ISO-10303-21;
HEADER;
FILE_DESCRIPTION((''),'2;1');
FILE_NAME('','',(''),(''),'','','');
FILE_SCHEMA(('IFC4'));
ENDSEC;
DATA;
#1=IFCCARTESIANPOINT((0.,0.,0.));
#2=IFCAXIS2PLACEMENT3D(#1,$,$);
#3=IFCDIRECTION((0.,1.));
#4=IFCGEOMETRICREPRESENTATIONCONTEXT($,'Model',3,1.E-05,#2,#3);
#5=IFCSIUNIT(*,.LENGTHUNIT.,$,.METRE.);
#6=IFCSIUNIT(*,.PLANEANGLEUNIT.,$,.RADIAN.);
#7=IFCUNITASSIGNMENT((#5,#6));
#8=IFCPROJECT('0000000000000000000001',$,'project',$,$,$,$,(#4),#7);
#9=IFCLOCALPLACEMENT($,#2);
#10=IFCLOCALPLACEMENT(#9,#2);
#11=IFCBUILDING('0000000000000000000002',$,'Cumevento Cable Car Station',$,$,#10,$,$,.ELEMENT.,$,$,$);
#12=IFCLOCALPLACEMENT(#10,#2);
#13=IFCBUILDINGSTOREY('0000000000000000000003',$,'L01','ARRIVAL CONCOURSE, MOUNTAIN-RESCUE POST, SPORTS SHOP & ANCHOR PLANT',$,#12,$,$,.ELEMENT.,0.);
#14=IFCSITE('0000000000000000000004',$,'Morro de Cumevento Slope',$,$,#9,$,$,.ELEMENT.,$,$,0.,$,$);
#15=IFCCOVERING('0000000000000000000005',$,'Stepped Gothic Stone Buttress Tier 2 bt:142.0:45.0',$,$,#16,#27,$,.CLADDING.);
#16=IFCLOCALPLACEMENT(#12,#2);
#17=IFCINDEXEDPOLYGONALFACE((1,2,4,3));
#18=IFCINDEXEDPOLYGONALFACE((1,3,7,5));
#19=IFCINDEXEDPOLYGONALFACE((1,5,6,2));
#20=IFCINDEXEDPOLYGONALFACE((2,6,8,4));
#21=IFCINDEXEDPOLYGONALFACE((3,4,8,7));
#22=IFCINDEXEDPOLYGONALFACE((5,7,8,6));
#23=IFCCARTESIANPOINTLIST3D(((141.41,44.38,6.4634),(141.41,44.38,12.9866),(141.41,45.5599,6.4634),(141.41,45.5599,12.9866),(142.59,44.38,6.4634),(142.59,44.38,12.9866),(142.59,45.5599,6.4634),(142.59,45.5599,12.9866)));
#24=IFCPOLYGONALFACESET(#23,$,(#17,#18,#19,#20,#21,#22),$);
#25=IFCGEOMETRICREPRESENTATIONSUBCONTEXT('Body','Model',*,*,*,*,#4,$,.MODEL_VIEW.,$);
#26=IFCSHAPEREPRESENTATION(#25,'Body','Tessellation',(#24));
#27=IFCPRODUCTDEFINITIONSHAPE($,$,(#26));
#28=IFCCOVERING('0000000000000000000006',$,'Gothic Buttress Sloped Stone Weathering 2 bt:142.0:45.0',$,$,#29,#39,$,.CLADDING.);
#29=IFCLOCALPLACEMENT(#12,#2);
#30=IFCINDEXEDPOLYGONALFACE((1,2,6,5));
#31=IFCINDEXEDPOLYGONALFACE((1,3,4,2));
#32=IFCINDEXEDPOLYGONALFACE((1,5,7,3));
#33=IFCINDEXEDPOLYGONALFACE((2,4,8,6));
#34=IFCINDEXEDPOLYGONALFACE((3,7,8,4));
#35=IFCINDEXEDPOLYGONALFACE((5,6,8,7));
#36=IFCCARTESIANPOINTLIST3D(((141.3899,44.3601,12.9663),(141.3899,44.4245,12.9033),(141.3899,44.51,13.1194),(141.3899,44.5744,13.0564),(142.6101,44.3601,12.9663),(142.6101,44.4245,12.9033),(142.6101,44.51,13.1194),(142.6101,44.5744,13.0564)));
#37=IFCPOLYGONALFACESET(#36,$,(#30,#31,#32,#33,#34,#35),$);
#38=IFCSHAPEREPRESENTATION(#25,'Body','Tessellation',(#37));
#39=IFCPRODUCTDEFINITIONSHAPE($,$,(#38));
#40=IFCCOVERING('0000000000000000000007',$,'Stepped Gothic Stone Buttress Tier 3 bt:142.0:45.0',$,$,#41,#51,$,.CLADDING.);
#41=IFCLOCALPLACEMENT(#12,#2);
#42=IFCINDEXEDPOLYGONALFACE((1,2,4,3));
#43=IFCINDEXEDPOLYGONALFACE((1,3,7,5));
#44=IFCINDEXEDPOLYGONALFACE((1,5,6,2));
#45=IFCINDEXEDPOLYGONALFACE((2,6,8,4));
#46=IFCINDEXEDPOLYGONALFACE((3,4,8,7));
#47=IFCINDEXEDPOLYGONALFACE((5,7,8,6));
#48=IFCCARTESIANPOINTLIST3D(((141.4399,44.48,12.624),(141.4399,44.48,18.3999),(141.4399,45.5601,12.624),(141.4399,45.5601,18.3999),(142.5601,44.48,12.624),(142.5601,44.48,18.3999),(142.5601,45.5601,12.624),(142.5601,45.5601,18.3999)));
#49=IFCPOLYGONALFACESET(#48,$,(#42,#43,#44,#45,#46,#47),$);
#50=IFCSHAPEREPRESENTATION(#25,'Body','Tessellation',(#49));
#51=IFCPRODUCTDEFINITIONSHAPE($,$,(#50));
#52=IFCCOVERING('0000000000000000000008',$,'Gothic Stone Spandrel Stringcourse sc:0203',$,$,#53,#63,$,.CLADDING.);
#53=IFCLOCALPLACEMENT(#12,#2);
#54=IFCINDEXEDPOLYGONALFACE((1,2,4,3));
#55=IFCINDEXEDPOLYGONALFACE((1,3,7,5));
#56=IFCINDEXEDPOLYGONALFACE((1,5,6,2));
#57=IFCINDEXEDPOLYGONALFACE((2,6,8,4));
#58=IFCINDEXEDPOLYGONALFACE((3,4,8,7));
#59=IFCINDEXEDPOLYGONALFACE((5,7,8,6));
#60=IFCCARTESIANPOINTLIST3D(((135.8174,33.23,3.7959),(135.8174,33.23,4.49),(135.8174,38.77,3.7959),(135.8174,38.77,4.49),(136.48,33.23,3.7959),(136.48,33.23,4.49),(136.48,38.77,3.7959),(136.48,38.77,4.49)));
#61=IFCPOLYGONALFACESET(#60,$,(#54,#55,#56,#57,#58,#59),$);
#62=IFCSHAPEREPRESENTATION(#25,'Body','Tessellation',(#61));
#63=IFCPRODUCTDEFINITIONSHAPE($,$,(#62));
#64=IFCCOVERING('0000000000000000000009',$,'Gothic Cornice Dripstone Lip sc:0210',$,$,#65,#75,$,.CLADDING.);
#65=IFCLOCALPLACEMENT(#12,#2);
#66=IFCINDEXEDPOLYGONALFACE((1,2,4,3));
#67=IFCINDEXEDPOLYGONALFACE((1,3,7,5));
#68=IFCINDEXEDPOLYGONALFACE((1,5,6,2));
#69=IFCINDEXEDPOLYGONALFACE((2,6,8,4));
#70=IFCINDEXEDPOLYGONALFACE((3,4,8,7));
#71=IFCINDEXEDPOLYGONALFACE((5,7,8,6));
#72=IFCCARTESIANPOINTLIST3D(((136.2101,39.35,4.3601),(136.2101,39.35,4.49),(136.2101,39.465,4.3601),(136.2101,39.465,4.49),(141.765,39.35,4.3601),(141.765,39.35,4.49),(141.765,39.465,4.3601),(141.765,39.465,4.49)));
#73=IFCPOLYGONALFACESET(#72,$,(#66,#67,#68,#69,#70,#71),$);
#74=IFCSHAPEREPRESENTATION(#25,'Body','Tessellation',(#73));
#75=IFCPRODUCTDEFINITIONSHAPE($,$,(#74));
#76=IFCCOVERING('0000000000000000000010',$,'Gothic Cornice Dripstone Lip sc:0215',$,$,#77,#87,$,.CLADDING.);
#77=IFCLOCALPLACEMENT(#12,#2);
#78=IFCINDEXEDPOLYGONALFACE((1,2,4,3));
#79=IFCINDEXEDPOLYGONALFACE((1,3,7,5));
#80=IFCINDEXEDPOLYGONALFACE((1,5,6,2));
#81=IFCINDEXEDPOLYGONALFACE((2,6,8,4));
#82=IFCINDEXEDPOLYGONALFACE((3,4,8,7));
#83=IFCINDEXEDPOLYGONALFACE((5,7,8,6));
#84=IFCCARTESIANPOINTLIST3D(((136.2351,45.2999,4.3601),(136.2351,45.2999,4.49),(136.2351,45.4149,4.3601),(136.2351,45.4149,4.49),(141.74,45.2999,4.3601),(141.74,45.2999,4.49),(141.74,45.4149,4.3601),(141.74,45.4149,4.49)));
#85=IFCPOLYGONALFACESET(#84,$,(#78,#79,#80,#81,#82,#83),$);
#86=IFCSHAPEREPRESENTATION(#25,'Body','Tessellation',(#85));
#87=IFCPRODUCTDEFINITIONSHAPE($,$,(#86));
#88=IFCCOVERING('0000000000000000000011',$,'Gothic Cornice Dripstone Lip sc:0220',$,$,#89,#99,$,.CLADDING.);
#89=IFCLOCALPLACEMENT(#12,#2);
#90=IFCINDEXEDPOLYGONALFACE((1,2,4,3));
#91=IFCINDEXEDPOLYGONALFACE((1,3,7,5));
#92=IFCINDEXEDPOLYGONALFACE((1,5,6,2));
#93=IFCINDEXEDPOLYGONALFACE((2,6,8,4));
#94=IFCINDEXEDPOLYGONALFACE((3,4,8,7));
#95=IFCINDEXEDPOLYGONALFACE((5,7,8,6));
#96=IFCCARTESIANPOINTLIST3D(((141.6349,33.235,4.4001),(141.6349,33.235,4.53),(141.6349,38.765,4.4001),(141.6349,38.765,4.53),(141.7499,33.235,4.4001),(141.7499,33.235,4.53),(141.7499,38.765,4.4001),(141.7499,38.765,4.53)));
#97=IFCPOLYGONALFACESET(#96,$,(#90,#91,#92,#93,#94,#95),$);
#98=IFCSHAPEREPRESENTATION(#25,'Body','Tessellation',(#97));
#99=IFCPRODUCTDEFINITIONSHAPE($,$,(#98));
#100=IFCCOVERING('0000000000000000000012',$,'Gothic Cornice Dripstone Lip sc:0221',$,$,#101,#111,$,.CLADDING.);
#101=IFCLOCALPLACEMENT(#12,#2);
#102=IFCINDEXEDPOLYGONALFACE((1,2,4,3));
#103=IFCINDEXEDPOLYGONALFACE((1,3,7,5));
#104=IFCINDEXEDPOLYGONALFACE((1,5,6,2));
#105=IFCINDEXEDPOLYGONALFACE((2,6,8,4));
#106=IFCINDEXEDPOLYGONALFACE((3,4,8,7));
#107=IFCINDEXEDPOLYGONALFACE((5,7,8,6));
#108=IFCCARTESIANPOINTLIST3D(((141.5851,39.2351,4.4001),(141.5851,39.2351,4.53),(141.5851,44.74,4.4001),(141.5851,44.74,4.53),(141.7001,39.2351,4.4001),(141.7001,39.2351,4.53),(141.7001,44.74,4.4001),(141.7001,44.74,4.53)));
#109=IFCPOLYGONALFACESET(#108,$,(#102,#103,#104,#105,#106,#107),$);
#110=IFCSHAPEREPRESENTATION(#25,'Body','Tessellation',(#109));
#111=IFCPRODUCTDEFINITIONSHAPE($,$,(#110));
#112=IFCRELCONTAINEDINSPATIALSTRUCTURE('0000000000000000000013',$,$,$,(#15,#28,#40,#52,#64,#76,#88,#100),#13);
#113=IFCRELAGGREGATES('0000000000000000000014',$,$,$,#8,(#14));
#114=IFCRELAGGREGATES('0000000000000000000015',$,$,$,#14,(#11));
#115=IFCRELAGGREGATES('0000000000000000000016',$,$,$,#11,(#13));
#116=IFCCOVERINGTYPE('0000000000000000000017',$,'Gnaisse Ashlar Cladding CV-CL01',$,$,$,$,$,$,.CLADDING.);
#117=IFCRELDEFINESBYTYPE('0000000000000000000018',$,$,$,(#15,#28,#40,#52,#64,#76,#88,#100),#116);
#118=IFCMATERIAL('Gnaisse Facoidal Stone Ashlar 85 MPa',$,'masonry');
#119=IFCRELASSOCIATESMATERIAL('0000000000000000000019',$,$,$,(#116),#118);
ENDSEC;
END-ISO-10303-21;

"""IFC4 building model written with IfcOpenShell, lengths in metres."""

from ifc_helpers import new_model, si_unit, direction, frame, origin, origin_2d, place, context, subcontext, project, spatial, polyline, rectangle, outline, extrude, material, type_object, element, save


model = new_model("IFC4")

# Units and contexts
model_context = context("Model", 3, precision=1e-05, world=origin(), true_north=direction((0.0, 1.0)))
body_context = subcontext(model_context, "Body", "Model", "MODEL_VIEW")
ifc_project = project(units=[si_unit("LENGTHUNIT", "METRE"), si_unit("PLANEANGLEUNIT", "RADIAN")], contexts=[model_context])

# Site, building, storey
site_placement = place(None, origin())
site = spatial("IfcSite", under=ifc_project, at=site_placement, Name="Morro de Cumevento Slope", CompositionType="ELEMENT", RefElevation=0.0)
building_placement = place(site_placement, origin())
building = spatial("IfcBuilding", under=site, at=building_placement, Name="Cumevento Cable Car Station", CompositionType="ELEMENT")
storey_placement = place(building_placement, origin())
storey = spatial("IfcBuildingStorey", under=building, at=storey_placement, Name="L01", Description="ARRIVAL CONCOURSE, MOUNTAIN-RESCUE POST, SPORTS SHOP & ANCHOR PLANT", CompositionType="ELEMENT", Elevation=0.0)

# Coverings
ifc_material_1 = material(Name="Gnaisse Facoidal Stone Ashlar 85 MPa", Category="masonry")
covering_type = type_object("IfcCoveringType", Name="Gnaisse Ashlar Cladding CV-CL01", PredefinedType="CLADDING", material=ifc_material_1)
covering_1_placement = place(storey_placement, frame((142.0, 44.97, 6.4634), z_axis=(0.0, 0.0, 1.0), x_axis=(1.0, 0.0, 0.0)))
element("IfcCovering", 1, at=covering_1_placement, inside=storey, type_object=covering_type, Name="Stepped Gothic Stone Buttress Tier 2 bt:142.0:45.0", PredefinedType="CLADDING", context=body_context, shape_type="SweptSolid", body=[
    extrude(rectangle(XDim=1.1799, YDim=1.1799, at=origin_2d()), origin(), (0.0, 0.0, 1.0), 6.5232),
])
covering_2_placement = place(storey_placement, frame((141.3899, 44.3601, 12.9663), z_axis=(0.0, -0.714475, 0.699661), x_axis=(1.0, 0.0, 0.0)))
element("IfcCovering", 2, at=covering_2_placement, inside=storey, type_object=covering_type, Name="Gothic Buttress Sloped Stone Weathering 2 bt:142.0:45.0", PredefinedType="CLADDING", context=body_context, shape_type="SweptSolid", body=[
    extrude(outline(polyline([(0.0, 0.0), (1.2202, 0.0), (1.2202, 0.2142), (0.0, 0.2142), (0.0, 0.0)])), origin(), (0.0, 0.0, -1.0), 0.0901),
])
covering_3_placement = place(storey_placement, frame((142.0, 45.02, 12.624), z_axis=(0.0, 0.0, 1.0), x_axis=(1.0, 0.0, 0.0)))
element("IfcCovering", 3, at=covering_3_placement, inside=storey, type_object=covering_type, Name="Stepped Gothic Stone Buttress Tier 3 bt:142.0:45.0", PredefinedType="CLADDING", context=body_context, shape_type="SweptSolid", body=[
    extrude(rectangle(XDim=1.1201, YDim=1.0801, at=origin_2d()), origin(), (0.0, 0.0, 1.0), 5.7759),
])
covering_4_placement = place(storey_placement, frame((136.1487, 36.0, 3.7959), z_axis=(0.0, 0.0, 1.0), x_axis=(0.0, 1.0, 0.0)))
element("IfcCovering", 4, at=covering_4_placement, inside=storey, type_object=covering_type, Name="Gothic Stone Spandrel Stringcourse sc:0203", PredefinedType="CLADDING", context=body_context, shape_type="SweptSolid", body=[
    extrude(rectangle(XDim=5.54, YDim=0.6626, at=origin_2d()), origin(), (0.0, 0.0, 1.0), 0.6941),
])
covering_5_placement = place(storey_placement, frame((138.9875, 39.4075, 4.3601), z_axis=(0.0, 0.0, 1.0), x_axis=(1.0, 0.0, 0.0)))
element("IfcCovering", 5, at=covering_5_placement, inside=storey, type_object=covering_type, Name="Gothic Cornice Dripstone Lip sc:0210", PredefinedType="CLADDING", context=body_context, shape_type="SweptSolid", body=[
    extrude(rectangle(XDim=5.5549, YDim=0.115, at=origin_2d()), origin(), (0.0, 0.0, 1.0), 0.1299),
])
covering_6_placement = place(storey_placement, frame((138.9875, 45.3574, 4.3601), z_axis=(0.0, 0.0, 1.0), x_axis=(1.0, 0.0, 0.0)))
element("IfcCovering", 6, at=covering_6_placement, inside=storey, type_object=covering_type, Name="Gothic Cornice Dripstone Lip sc:0215", PredefinedType="CLADDING", context=body_context, shape_type="SweptSolid", body=[
    extrude(rectangle(XDim=5.5049, YDim=0.115, at=origin_2d()), origin(), (0.0, 0.0, 1.0), 0.1299),
])
covering_7_placement = place(storey_placement, frame((141.6924, 36.0, 4.4001), z_axis=(0.0, 0.0, 1.0), x_axis=(0.0, 1.0, 0.0)))
element("IfcCovering", 7, at=covering_7_placement, inside=storey, type_object=covering_type, Name="Gothic Cornice Dripstone Lip sc:0220", PredefinedType="CLADDING", context=body_context, shape_type="SweptSolid", body=[
    extrude(rectangle(XDim=5.53, YDim=0.115, at=origin_2d()), origin(), (0.0, 0.0, 1.0), 0.1299),
])
covering_8_placement = place(storey_placement, frame((141.6426, 41.9875, 4.4001), z_axis=(0.0, 0.0, 1.0), x_axis=(0.0, 1.0, 0.0)))
element("IfcCovering", 8, at=covering_8_placement, inside=storey, type_object=covering_type, Name="Gothic Cornice Dripstone Lip sc:0221", PredefinedType="CLADDING", context=body_context, shape_type="SweptSolid", body=[
    extrude(rectangle(XDim=5.5049, YDim=0.115, at=origin_2d()), origin(), (0.0, 0.0, 1.0), 0.1299),
])

save(model, "model.ifc")
